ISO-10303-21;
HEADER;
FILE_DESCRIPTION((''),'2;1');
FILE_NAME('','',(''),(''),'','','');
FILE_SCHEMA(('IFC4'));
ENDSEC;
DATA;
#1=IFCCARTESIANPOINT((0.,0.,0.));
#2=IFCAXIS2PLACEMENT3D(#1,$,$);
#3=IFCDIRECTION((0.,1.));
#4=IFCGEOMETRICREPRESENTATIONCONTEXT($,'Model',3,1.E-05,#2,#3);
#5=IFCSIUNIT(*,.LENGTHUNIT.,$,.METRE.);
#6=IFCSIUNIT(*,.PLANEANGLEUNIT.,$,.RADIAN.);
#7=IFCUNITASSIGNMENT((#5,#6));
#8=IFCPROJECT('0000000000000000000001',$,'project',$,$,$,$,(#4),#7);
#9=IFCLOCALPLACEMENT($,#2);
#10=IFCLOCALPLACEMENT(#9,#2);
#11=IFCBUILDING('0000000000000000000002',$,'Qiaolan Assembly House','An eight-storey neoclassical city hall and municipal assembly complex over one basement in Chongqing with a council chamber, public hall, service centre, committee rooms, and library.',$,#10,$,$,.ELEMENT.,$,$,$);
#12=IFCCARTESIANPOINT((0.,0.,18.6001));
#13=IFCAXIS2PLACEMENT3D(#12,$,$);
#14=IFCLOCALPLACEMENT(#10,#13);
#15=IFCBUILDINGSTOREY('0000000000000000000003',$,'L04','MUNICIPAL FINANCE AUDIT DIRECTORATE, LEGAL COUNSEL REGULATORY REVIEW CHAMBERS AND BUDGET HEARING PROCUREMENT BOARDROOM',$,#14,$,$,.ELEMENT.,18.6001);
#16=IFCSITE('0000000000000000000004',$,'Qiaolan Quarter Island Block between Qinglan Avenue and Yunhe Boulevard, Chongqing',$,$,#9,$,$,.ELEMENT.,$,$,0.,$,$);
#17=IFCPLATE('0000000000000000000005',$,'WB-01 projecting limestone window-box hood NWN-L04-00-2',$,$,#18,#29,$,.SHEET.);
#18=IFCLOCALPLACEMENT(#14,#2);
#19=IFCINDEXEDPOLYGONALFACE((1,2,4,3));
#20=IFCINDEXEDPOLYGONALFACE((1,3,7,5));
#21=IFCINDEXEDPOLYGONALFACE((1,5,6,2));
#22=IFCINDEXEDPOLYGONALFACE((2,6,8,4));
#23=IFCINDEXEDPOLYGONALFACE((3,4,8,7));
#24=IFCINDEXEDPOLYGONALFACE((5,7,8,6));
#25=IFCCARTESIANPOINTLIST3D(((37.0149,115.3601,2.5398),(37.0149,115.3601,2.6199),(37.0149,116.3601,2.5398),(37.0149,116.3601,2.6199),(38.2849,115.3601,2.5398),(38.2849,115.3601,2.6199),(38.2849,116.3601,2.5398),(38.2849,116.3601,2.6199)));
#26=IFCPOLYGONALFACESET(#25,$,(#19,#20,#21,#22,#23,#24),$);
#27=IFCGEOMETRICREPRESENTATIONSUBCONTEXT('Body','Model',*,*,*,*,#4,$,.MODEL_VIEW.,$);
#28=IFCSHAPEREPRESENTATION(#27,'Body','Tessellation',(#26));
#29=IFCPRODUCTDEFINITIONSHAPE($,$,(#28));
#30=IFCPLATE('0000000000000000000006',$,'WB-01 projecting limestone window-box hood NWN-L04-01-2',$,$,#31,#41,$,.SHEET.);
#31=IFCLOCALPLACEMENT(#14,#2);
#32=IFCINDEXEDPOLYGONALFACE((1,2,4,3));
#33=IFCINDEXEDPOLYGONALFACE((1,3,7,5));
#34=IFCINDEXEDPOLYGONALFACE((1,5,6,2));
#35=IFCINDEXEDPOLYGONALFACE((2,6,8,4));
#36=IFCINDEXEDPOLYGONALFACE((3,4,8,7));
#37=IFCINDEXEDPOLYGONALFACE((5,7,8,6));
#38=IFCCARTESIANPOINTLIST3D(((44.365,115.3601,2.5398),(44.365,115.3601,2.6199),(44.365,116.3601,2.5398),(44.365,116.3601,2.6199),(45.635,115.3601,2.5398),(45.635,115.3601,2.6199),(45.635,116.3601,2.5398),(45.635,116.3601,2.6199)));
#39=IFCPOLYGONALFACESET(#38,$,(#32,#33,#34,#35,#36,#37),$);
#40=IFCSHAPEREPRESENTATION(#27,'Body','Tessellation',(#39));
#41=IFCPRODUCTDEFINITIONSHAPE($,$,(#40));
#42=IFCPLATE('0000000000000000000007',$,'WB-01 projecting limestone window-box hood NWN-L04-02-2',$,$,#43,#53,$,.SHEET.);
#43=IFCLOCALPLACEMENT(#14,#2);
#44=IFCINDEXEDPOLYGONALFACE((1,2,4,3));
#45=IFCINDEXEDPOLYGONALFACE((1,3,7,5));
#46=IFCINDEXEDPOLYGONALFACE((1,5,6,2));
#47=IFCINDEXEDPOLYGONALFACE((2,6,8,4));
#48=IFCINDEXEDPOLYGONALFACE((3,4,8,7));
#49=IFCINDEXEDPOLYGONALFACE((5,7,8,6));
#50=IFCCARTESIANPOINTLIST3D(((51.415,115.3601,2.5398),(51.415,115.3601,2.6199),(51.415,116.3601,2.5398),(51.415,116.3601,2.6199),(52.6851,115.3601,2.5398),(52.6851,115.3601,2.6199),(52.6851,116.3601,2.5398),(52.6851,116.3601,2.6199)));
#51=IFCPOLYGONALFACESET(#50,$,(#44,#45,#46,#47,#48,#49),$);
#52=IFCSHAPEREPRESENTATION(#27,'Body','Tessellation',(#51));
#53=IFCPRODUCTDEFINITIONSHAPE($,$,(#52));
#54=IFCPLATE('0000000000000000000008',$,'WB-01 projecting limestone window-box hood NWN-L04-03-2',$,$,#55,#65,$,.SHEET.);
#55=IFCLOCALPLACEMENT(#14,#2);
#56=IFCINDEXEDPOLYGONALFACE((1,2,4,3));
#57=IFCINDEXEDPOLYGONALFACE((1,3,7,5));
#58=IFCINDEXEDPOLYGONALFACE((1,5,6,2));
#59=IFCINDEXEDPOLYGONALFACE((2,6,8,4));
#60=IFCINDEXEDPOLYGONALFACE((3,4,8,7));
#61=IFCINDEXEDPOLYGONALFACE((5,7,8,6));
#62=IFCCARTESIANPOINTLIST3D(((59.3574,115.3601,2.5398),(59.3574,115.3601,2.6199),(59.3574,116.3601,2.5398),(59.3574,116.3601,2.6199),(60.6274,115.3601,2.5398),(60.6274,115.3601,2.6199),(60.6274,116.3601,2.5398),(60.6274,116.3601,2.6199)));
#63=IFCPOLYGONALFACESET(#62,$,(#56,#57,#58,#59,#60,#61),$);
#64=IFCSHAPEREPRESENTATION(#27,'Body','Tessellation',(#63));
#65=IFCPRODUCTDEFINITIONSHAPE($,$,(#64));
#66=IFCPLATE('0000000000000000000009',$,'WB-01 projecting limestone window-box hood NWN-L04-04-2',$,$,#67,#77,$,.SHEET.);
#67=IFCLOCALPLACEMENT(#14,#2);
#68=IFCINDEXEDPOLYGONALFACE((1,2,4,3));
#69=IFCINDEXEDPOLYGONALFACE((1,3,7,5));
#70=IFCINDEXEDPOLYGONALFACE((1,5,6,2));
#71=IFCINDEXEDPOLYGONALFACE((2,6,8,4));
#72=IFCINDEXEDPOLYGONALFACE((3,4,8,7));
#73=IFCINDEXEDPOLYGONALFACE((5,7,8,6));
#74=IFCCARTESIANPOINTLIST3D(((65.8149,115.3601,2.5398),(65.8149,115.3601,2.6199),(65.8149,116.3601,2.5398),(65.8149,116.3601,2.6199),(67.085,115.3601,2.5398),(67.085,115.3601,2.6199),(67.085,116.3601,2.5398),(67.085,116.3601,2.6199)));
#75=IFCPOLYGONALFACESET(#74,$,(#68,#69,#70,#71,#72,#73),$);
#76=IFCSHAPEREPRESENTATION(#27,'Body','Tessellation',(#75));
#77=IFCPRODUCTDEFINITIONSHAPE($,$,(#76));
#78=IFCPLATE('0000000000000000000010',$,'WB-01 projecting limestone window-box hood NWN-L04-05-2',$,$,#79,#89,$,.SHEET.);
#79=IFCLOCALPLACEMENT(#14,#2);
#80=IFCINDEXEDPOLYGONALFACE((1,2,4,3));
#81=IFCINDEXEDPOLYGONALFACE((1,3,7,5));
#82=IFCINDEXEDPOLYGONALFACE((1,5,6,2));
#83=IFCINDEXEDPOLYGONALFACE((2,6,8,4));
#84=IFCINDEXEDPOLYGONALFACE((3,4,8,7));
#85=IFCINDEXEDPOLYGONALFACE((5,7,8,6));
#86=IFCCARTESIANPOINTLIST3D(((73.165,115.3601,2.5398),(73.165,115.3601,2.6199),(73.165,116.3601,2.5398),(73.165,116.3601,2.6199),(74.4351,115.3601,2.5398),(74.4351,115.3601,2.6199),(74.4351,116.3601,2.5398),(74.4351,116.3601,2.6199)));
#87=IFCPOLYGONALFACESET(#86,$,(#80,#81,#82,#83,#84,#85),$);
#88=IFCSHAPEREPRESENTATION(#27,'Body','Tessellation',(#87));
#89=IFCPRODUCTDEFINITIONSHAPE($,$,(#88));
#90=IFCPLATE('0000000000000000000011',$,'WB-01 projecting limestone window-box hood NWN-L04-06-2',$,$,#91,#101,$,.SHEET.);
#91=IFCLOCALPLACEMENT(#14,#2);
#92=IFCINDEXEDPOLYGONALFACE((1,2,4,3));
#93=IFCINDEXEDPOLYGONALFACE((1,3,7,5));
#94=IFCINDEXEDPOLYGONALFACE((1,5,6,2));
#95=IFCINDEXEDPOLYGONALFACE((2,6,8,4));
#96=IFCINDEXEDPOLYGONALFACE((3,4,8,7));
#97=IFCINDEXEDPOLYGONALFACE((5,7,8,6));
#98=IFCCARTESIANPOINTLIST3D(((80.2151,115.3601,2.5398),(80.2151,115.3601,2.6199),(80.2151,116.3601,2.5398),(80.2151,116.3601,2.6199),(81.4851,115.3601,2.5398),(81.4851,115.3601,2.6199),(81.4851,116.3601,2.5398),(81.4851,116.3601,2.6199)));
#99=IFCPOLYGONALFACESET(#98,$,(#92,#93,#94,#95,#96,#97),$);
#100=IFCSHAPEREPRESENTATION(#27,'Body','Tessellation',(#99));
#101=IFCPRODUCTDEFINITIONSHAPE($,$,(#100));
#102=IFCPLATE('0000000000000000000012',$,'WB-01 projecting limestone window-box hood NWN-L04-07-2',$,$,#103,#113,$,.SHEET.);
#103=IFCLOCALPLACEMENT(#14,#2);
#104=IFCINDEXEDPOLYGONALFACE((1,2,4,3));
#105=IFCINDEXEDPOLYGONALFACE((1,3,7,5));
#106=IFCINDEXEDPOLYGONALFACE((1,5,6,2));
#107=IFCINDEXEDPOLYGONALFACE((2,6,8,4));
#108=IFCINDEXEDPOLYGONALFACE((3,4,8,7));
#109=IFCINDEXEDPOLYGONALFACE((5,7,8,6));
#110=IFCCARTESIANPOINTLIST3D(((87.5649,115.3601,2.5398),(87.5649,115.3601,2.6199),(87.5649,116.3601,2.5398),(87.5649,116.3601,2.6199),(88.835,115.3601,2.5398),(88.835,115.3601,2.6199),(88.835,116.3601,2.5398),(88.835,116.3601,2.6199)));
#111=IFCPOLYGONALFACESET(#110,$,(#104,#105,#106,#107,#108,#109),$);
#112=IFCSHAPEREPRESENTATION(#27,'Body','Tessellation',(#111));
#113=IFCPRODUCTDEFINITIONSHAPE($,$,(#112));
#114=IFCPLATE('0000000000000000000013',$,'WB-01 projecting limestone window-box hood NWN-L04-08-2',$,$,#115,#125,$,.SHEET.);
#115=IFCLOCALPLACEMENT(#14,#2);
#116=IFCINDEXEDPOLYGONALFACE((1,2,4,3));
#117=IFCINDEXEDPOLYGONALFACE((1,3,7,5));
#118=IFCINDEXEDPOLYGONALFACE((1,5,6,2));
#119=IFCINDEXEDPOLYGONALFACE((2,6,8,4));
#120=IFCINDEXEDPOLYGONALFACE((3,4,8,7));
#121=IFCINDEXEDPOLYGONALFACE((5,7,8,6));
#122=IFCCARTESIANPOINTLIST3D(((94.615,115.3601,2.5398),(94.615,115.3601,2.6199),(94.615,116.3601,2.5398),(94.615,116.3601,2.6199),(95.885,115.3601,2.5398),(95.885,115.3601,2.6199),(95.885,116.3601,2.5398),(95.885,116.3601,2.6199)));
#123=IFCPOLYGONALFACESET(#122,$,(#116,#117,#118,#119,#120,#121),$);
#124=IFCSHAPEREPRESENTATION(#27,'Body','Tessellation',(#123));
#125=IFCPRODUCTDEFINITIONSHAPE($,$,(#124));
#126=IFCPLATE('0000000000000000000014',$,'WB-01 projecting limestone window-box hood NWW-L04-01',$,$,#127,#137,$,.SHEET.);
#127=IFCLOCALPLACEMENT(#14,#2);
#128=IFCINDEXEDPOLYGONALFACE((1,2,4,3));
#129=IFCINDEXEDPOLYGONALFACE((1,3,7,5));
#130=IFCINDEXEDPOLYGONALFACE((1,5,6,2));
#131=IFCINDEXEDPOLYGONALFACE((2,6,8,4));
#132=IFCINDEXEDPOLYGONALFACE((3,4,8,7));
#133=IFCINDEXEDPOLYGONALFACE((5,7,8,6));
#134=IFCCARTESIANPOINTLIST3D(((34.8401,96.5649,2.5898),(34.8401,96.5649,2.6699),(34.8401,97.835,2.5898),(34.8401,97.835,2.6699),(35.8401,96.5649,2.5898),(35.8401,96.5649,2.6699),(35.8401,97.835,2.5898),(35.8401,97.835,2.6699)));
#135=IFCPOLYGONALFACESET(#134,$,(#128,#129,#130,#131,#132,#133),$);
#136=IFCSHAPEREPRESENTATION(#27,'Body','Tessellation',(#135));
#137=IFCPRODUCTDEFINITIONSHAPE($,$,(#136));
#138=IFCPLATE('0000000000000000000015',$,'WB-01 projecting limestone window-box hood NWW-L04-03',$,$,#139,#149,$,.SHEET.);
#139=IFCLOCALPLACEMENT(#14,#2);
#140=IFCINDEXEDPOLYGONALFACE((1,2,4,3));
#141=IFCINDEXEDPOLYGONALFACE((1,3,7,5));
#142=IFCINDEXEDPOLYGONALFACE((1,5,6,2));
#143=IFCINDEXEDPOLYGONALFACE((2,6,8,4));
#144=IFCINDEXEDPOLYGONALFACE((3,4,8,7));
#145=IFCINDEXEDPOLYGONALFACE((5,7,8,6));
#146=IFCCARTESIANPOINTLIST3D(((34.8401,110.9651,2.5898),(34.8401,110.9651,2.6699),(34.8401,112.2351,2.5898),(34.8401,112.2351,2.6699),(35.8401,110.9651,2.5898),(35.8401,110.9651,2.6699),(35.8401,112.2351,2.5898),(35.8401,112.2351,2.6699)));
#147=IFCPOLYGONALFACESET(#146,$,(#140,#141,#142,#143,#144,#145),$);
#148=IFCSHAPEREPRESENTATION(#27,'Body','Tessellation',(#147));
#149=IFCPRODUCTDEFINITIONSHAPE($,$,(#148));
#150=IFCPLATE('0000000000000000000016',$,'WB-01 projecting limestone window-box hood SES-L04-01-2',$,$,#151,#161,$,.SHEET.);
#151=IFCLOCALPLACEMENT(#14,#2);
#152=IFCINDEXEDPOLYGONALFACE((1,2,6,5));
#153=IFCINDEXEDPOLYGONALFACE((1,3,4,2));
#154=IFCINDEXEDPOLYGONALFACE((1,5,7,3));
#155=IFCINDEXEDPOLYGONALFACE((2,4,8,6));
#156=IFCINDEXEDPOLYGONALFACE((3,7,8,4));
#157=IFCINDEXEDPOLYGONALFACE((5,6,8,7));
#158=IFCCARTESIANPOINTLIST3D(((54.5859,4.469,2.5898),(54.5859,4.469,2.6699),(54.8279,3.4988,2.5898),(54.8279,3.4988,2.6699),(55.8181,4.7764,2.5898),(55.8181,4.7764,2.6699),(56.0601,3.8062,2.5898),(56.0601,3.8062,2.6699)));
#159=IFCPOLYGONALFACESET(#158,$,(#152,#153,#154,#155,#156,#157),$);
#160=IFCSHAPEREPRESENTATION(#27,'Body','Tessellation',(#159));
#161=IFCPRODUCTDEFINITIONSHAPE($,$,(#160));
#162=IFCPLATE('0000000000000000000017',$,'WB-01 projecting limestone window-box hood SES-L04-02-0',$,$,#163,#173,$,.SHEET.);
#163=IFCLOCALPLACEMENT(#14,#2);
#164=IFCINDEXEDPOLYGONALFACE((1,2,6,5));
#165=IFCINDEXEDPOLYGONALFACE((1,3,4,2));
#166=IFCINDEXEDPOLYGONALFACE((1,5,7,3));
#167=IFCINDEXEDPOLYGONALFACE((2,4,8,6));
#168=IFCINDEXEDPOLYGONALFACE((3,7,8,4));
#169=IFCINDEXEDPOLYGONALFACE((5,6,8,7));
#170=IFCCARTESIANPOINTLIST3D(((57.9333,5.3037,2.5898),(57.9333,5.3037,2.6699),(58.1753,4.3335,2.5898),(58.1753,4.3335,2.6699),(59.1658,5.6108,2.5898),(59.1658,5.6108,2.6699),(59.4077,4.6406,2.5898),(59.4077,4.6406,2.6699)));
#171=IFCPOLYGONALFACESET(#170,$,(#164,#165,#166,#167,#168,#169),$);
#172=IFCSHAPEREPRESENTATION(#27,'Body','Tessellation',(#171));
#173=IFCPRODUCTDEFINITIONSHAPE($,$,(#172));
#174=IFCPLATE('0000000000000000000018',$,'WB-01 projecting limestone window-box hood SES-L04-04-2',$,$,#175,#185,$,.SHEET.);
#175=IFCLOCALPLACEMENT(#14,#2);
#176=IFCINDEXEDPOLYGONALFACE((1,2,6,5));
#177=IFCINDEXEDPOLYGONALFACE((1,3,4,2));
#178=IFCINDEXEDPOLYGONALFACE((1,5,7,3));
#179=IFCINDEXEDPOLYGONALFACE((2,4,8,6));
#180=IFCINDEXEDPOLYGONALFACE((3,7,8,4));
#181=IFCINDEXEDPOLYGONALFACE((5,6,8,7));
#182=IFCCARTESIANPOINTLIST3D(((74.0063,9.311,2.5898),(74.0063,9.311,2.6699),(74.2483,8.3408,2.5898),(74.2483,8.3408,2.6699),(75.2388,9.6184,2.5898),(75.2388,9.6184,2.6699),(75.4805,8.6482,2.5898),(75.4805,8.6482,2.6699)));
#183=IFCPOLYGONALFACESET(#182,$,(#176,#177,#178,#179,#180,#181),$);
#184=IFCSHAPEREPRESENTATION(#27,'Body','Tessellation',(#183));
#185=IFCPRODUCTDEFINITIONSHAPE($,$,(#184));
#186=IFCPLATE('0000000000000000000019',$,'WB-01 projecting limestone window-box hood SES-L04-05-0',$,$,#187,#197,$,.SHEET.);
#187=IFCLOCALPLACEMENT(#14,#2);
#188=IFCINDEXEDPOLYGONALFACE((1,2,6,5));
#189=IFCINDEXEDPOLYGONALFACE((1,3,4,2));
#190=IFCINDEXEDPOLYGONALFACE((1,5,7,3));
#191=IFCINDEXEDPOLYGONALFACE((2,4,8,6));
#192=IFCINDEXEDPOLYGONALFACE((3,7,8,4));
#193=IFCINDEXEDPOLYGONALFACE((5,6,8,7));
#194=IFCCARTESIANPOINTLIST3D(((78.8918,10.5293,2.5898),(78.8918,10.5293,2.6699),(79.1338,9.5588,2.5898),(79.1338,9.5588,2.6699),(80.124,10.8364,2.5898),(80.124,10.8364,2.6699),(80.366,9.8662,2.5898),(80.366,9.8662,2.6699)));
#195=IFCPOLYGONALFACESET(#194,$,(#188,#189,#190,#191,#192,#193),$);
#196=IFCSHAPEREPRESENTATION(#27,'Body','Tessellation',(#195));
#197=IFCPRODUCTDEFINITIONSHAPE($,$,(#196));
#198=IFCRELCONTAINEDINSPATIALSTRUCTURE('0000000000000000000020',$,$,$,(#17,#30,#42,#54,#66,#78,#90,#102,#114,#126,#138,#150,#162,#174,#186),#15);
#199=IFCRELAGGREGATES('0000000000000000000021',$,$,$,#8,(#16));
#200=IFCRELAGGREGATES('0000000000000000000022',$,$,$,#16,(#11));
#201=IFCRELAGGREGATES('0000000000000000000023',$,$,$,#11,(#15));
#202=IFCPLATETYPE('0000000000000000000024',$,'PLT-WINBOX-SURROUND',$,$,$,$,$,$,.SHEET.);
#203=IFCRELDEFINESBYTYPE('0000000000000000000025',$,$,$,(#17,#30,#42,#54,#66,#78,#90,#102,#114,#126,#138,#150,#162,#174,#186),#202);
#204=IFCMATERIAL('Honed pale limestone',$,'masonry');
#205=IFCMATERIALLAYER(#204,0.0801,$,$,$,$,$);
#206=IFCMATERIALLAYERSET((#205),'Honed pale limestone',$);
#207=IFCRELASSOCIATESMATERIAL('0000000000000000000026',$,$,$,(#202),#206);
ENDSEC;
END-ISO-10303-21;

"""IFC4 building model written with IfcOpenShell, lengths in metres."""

from ifc_helpers import new_model, si_unit, direction, frame, origin, place, context, subcontext, project, spatial, polyline, outline, extrude, material, layer, layer_set, type_object, element, save


model = new_model("IFC4")

# Units and contexts
model_context = context("Model", 3, precision=1e-05, world=origin(), true_north=direction((0.0, 1.0)))
body_context = subcontext(model_context, "Body", "Model", "MODEL_VIEW")
ifc_project = project(units=[si_unit("LENGTHUNIT", "METRE"), si_unit("PLANEANGLEUNIT", "RADIAN")], contexts=[model_context])

# Site, building, storey
site_placement = place(None, origin())
site = spatial("IfcSite", under=ifc_project, at=site_placement, Name="Qiaolan Quarter Island Block between Qinglan Avenue and Yunhe Boulevard, Chongqing", CompositionType="ELEMENT", RefElevation=0.0)
building_placement = place(site_placement, origin())
building = spatial("IfcBuilding", under=site, at=building_placement, Name="Qiaolan Assembly House", Description="An eight-storey neoclassical city hall and municipal assembly complex over one basement in Chongqing with a council chamber, public hall, service centre, committee rooms, and library.", CompositionType="ELEMENT")
storey_placement = place(building_placement, frame((0.0, 0.0, 18.6001)))
storey = spatial("IfcBuildingStorey", under=building, at=storey_placement, Name="L04", Description="MUNICIPAL FINANCE AUDIT DIRECTORATE, LEGAL COUNSEL REGULATORY REVIEW CHAMBERS AND BUDGET HEARING PROCUREMENT BOARDROOM", CompositionType="ELEMENT", Elevation=18.6001)

# Plates
ifc_material_1 = material(Name="Honed pale limestone", Category="masonry")
ifc_layer_1 = layer(ifc_material_1, 0.0801)
ifc_layer_set_1 = layer_set([ifc_layer_1], Name="Honed pale limestone")
plate_type = type_object("IfcPlateType", Name="PLT-WINBOX-SURROUND", PredefinedType="SHEET", material=ifc_layer_set_1)
plate_1_placement = place(storey_placement, frame((0.0, 0.0, 2.5398)))
element("IfcPlate", 1, at=plate_1_placement, inside=storey, type_object=plate_type, Name="WB-01 projecting limestone window-box hood NWN-L04-00-2", PredefinedType="SHEET", context=body_context, shape_type="SweptSolid", body=[
    extrude(outline(polyline([(37.0149, 115.3601), (37.0149, 116.3601), (38.2849, 116.3601), (38.2849, 115.3601), (37.0149, 115.3601)])), origin(), (0.0, 0.0, 1.0), 0.0801),
])
plate_2_placement = place(storey_placement, frame((0.0, 0.0, 2.5398)))
element("IfcPlate", 2, at=plate_2_placement, inside=storey, type_object=plate_type, Name="WB-01 projecting limestone window-box hood NWN-L04-01-2", PredefinedType="SHEET", context=body_context, shape_type="SweptSolid", body=[
    extrude(outline(polyline([(44.365, 115.3601), (44.365, 116.3601), (45.635, 116.3601), (45.635, 115.3601), (44.365, 115.3601)])), origin(), (0.0, 0.0, 1.0), 0.0801),
])
plate_3_placement = place(storey_placement, frame((0.0, 0.0, 2.5398)))
element("IfcPlate", 3, at=plate_3_placement, inside=storey, type_object=plate_type, Name="WB-01 projecting limestone window-box hood NWN-L04-02-2", PredefinedType="SHEET", context=body_context, shape_type="SweptSolid", body=[
    extrude(outline(polyline([(51.415, 115.3601), (51.415, 116.3601), (52.6851, 116.3601), (52.6851, 115.3601), (51.415, 115.3601)])), origin(), (0.0, 0.0, 1.0), 0.0801),
])
plate_4_placement = place(storey_placement, frame((0.0, 0.0, 2.5398)))
element("IfcPlate", 4, at=plate_4_placement, inside=storey, type_object=plate_type, Name="WB-01 projecting limestone window-box hood NWN-L04-03-2", PredefinedType="SHEET", context=body_context, shape_type="SweptSolid", body=[
    extrude(outline(polyline([(59.3574, 115.3601), (59.3574, 116.3601), (60.6274, 116.3601), (60.6274, 115.3601), (59.3574, 115.3601)])), origin(), (0.0, 0.0, 1.0), 0.0801),
])
plate_5_placement = place(storey_placement, frame((0.0, 0.0, 2.5398)))
element("IfcPlate", 5, at=plate_5_placement, inside=storey, type_object=plate_type, Name="WB-01 projecting limestone window-box hood NWN-L04-04-2", PredefinedType="SHEET", context=body_context, shape_type="SweptSolid", body=[
    extrude(outline(polyline([(65.8149, 115.3601), (65.8149, 116.3601), (67.085, 116.3601), (67.085, 115.3601), (65.8149, 115.3601)])), origin(), (0.0, 0.0, 1.0), 0.0801),
])
plate_6_placement = place(storey_placement, frame((0.0, 0.0, 2.5398)))
element("IfcPlate", 6, at=plate_6_placement, inside=storey, type_object=plate_type, Name="WB-01 projecting limestone window-box hood NWN-L04-05-2", PredefinedType="SHEET", context=body_context, shape_type="SweptSolid", body=[
    extrude(outline(polyline([(73.165, 115.3601), (73.165, 116.3601), (74.4351, 116.3601), (74.4351, 115.3601), (73.165, 115.3601)])), origin(), (0.0, 0.0, 1.0), 0.0801),
])
plate_7_placement = place(storey_placement, frame((0.0, 0.0, 2.5398)))
element("IfcPlate", 7, at=plate_7_placement, inside=storey, type_object=plate_type, Name="WB-01 projecting limestone window-box hood NWN-L04-06-2", PredefinedType="SHEET", context=body_context, shape_type="SweptSolid", body=[
    extrude(outline(polyline([(80.2151, 115.3601), (80.2151, 116.3601), (81.4851, 116.3601), (81.4851, 115.3601), (80.2151, 115.3601)])), origin(), (0.0, 0.0, 1.0), 0.0801),
])
plate_8_placement = place(storey_placement, frame((0.0, 0.0, 2.5398)))
element("IfcPlate", 8, at=plate_8_placement, inside=storey, type_object=plate_type, Name="WB-01 projecting limestone window-box hood NWN-L04-07-2", PredefinedType="SHEET", context=body_context, shape_type="SweptSolid", body=[
    extrude(outline(polyline([(87.5649, 115.3601), (87.5649, 116.3601), (88.835, 116.3601), (88.835, 115.3601), (87.5649, 115.3601)])), origin(), (0.0, 0.0, 1.0), 0.0801),
])
plate_9_placement = place(storey_placement, frame((0.0, 0.0, 2.5398)))
element("IfcPlate", 9, at=plate_9_placement, inside=storey, type_object=plate_type, Name="WB-01 projecting limestone window-box hood NWN-L04-08-2", PredefinedType="SHEET", context=body_context, shape_type="SweptSolid", body=[
    extrude(outline(polyline([(94.615, 115.3601), (94.615, 116.3601), (95.885, 116.3601), (95.885, 115.3601), (94.615, 115.3601)])), origin(), (0.0, 0.0, 1.0), 0.0801),
])
plate_10_placement = place(storey_placement, frame((0.0, 0.0, 2.5898)))
element("IfcPlate", 10, at=plate_10_placement, inside=storey, type_object=plate_type, Name="WB-01 projecting limestone window-box hood NWW-L04-01", PredefinedType="SHEET", context=body_context, shape_type="SweptSolid", body=[
    extrude(outline(polyline([(34.8401, 96.5649), (34.8401, 97.835), (35.8401, 97.835), (35.8401, 96.5649), (34.8401, 96.5649)])), origin(), (0.0, 0.0, 1.0), 0.0801),
])
plate_11_placement = place(storey_placement, frame((0.0, 0.0, 2.5898)))
element("IfcPlate", 11, at=plate_11_placement, inside=storey, type_object=plate_type, Name="WB-01 projecting limestone window-box hood NWW-L04-03", PredefinedType="SHEET", context=body_context, shape_type="SweptSolid", body=[
    extrude(outline(polyline([(34.8401, 110.9651), (34.8401, 112.2351), (35.8401, 112.2351), (35.8401, 110.9651), (34.8401, 110.9651)])), origin(), (0.0, 0.0, 1.0), 0.0801),
])
plate_12_placement = place(storey_placement, frame((0.0, 0.0, 2.5898)))
element("IfcPlate", 12, at=plate_12_placement, inside=storey, type_object=plate_type, Name="WB-01 projecting limestone window-box hood SES-L04-01-2", PredefinedType="SHEET", context=body_context, shape_type="SweptSolid", body=[
    extrude(outline(polyline([(54.8279, 3.4988), (56.0601, 3.8062), (55.8181, 4.7764), (54.5859, 4.469), (54.8279, 3.4988)])), origin(), (0.0, 0.0, 1.0), 0.0801),
])
plate_13_placement = place(storey_placement, frame((0.0, 0.0, 2.5898)))
element("IfcPlate", 13, at=plate_13_placement, inside=storey, type_object=plate_type, Name="WB-01 projecting limestone window-box hood SES-L04-02-0", PredefinedType="SHEET", context=body_context, shape_type="SweptSolid", body=[
    extrude(outline(polyline([(58.1753, 4.3335), (59.4077, 4.6406), (59.1658, 5.6108), (57.9333, 5.3037), (58.1753, 4.3335)])), origin(), (0.0, 0.0, 1.0), 0.0801),
])
plate_14_placement = place(storey_placement, frame((0.0, 0.0, 2.5898)))
element("IfcPlate", 14, at=plate_14_placement, inside=storey, type_object=plate_type, Name="WB-01 projecting limestone window-box hood SES-L04-04-2", PredefinedType="SHEET", context=body_context, shape_type="SweptSolid", body=[
    extrude(outline(polyline([(74.2483, 8.3408), (75.4805, 8.6482), (75.2388, 9.6184), (74.0063, 9.311), (74.2483, 8.3408)])), origin(), (0.0, 0.0, 1.0), 0.0801),
])
plate_15_placement = place(storey_placement, frame((0.0, 0.0, 2.5898)))
element("IfcPlate", 15, at=plate_15_placement, inside=storey, type_object=plate_type, Name="WB-01 projecting limestone window-box hood SES-L04-05-0", PredefinedType="SHEET", context=body_context, shape_type="SweptSolid", body=[
    extrude(outline(polyline([(79.1338, 9.5588), (80.366, 9.8662), (80.124, 10.8364), (78.8918, 10.5293), (79.1338, 9.5588)])), origin(), (0.0, 0.0, 1.0), 0.0801),
])

save(model, "model.ifc")
